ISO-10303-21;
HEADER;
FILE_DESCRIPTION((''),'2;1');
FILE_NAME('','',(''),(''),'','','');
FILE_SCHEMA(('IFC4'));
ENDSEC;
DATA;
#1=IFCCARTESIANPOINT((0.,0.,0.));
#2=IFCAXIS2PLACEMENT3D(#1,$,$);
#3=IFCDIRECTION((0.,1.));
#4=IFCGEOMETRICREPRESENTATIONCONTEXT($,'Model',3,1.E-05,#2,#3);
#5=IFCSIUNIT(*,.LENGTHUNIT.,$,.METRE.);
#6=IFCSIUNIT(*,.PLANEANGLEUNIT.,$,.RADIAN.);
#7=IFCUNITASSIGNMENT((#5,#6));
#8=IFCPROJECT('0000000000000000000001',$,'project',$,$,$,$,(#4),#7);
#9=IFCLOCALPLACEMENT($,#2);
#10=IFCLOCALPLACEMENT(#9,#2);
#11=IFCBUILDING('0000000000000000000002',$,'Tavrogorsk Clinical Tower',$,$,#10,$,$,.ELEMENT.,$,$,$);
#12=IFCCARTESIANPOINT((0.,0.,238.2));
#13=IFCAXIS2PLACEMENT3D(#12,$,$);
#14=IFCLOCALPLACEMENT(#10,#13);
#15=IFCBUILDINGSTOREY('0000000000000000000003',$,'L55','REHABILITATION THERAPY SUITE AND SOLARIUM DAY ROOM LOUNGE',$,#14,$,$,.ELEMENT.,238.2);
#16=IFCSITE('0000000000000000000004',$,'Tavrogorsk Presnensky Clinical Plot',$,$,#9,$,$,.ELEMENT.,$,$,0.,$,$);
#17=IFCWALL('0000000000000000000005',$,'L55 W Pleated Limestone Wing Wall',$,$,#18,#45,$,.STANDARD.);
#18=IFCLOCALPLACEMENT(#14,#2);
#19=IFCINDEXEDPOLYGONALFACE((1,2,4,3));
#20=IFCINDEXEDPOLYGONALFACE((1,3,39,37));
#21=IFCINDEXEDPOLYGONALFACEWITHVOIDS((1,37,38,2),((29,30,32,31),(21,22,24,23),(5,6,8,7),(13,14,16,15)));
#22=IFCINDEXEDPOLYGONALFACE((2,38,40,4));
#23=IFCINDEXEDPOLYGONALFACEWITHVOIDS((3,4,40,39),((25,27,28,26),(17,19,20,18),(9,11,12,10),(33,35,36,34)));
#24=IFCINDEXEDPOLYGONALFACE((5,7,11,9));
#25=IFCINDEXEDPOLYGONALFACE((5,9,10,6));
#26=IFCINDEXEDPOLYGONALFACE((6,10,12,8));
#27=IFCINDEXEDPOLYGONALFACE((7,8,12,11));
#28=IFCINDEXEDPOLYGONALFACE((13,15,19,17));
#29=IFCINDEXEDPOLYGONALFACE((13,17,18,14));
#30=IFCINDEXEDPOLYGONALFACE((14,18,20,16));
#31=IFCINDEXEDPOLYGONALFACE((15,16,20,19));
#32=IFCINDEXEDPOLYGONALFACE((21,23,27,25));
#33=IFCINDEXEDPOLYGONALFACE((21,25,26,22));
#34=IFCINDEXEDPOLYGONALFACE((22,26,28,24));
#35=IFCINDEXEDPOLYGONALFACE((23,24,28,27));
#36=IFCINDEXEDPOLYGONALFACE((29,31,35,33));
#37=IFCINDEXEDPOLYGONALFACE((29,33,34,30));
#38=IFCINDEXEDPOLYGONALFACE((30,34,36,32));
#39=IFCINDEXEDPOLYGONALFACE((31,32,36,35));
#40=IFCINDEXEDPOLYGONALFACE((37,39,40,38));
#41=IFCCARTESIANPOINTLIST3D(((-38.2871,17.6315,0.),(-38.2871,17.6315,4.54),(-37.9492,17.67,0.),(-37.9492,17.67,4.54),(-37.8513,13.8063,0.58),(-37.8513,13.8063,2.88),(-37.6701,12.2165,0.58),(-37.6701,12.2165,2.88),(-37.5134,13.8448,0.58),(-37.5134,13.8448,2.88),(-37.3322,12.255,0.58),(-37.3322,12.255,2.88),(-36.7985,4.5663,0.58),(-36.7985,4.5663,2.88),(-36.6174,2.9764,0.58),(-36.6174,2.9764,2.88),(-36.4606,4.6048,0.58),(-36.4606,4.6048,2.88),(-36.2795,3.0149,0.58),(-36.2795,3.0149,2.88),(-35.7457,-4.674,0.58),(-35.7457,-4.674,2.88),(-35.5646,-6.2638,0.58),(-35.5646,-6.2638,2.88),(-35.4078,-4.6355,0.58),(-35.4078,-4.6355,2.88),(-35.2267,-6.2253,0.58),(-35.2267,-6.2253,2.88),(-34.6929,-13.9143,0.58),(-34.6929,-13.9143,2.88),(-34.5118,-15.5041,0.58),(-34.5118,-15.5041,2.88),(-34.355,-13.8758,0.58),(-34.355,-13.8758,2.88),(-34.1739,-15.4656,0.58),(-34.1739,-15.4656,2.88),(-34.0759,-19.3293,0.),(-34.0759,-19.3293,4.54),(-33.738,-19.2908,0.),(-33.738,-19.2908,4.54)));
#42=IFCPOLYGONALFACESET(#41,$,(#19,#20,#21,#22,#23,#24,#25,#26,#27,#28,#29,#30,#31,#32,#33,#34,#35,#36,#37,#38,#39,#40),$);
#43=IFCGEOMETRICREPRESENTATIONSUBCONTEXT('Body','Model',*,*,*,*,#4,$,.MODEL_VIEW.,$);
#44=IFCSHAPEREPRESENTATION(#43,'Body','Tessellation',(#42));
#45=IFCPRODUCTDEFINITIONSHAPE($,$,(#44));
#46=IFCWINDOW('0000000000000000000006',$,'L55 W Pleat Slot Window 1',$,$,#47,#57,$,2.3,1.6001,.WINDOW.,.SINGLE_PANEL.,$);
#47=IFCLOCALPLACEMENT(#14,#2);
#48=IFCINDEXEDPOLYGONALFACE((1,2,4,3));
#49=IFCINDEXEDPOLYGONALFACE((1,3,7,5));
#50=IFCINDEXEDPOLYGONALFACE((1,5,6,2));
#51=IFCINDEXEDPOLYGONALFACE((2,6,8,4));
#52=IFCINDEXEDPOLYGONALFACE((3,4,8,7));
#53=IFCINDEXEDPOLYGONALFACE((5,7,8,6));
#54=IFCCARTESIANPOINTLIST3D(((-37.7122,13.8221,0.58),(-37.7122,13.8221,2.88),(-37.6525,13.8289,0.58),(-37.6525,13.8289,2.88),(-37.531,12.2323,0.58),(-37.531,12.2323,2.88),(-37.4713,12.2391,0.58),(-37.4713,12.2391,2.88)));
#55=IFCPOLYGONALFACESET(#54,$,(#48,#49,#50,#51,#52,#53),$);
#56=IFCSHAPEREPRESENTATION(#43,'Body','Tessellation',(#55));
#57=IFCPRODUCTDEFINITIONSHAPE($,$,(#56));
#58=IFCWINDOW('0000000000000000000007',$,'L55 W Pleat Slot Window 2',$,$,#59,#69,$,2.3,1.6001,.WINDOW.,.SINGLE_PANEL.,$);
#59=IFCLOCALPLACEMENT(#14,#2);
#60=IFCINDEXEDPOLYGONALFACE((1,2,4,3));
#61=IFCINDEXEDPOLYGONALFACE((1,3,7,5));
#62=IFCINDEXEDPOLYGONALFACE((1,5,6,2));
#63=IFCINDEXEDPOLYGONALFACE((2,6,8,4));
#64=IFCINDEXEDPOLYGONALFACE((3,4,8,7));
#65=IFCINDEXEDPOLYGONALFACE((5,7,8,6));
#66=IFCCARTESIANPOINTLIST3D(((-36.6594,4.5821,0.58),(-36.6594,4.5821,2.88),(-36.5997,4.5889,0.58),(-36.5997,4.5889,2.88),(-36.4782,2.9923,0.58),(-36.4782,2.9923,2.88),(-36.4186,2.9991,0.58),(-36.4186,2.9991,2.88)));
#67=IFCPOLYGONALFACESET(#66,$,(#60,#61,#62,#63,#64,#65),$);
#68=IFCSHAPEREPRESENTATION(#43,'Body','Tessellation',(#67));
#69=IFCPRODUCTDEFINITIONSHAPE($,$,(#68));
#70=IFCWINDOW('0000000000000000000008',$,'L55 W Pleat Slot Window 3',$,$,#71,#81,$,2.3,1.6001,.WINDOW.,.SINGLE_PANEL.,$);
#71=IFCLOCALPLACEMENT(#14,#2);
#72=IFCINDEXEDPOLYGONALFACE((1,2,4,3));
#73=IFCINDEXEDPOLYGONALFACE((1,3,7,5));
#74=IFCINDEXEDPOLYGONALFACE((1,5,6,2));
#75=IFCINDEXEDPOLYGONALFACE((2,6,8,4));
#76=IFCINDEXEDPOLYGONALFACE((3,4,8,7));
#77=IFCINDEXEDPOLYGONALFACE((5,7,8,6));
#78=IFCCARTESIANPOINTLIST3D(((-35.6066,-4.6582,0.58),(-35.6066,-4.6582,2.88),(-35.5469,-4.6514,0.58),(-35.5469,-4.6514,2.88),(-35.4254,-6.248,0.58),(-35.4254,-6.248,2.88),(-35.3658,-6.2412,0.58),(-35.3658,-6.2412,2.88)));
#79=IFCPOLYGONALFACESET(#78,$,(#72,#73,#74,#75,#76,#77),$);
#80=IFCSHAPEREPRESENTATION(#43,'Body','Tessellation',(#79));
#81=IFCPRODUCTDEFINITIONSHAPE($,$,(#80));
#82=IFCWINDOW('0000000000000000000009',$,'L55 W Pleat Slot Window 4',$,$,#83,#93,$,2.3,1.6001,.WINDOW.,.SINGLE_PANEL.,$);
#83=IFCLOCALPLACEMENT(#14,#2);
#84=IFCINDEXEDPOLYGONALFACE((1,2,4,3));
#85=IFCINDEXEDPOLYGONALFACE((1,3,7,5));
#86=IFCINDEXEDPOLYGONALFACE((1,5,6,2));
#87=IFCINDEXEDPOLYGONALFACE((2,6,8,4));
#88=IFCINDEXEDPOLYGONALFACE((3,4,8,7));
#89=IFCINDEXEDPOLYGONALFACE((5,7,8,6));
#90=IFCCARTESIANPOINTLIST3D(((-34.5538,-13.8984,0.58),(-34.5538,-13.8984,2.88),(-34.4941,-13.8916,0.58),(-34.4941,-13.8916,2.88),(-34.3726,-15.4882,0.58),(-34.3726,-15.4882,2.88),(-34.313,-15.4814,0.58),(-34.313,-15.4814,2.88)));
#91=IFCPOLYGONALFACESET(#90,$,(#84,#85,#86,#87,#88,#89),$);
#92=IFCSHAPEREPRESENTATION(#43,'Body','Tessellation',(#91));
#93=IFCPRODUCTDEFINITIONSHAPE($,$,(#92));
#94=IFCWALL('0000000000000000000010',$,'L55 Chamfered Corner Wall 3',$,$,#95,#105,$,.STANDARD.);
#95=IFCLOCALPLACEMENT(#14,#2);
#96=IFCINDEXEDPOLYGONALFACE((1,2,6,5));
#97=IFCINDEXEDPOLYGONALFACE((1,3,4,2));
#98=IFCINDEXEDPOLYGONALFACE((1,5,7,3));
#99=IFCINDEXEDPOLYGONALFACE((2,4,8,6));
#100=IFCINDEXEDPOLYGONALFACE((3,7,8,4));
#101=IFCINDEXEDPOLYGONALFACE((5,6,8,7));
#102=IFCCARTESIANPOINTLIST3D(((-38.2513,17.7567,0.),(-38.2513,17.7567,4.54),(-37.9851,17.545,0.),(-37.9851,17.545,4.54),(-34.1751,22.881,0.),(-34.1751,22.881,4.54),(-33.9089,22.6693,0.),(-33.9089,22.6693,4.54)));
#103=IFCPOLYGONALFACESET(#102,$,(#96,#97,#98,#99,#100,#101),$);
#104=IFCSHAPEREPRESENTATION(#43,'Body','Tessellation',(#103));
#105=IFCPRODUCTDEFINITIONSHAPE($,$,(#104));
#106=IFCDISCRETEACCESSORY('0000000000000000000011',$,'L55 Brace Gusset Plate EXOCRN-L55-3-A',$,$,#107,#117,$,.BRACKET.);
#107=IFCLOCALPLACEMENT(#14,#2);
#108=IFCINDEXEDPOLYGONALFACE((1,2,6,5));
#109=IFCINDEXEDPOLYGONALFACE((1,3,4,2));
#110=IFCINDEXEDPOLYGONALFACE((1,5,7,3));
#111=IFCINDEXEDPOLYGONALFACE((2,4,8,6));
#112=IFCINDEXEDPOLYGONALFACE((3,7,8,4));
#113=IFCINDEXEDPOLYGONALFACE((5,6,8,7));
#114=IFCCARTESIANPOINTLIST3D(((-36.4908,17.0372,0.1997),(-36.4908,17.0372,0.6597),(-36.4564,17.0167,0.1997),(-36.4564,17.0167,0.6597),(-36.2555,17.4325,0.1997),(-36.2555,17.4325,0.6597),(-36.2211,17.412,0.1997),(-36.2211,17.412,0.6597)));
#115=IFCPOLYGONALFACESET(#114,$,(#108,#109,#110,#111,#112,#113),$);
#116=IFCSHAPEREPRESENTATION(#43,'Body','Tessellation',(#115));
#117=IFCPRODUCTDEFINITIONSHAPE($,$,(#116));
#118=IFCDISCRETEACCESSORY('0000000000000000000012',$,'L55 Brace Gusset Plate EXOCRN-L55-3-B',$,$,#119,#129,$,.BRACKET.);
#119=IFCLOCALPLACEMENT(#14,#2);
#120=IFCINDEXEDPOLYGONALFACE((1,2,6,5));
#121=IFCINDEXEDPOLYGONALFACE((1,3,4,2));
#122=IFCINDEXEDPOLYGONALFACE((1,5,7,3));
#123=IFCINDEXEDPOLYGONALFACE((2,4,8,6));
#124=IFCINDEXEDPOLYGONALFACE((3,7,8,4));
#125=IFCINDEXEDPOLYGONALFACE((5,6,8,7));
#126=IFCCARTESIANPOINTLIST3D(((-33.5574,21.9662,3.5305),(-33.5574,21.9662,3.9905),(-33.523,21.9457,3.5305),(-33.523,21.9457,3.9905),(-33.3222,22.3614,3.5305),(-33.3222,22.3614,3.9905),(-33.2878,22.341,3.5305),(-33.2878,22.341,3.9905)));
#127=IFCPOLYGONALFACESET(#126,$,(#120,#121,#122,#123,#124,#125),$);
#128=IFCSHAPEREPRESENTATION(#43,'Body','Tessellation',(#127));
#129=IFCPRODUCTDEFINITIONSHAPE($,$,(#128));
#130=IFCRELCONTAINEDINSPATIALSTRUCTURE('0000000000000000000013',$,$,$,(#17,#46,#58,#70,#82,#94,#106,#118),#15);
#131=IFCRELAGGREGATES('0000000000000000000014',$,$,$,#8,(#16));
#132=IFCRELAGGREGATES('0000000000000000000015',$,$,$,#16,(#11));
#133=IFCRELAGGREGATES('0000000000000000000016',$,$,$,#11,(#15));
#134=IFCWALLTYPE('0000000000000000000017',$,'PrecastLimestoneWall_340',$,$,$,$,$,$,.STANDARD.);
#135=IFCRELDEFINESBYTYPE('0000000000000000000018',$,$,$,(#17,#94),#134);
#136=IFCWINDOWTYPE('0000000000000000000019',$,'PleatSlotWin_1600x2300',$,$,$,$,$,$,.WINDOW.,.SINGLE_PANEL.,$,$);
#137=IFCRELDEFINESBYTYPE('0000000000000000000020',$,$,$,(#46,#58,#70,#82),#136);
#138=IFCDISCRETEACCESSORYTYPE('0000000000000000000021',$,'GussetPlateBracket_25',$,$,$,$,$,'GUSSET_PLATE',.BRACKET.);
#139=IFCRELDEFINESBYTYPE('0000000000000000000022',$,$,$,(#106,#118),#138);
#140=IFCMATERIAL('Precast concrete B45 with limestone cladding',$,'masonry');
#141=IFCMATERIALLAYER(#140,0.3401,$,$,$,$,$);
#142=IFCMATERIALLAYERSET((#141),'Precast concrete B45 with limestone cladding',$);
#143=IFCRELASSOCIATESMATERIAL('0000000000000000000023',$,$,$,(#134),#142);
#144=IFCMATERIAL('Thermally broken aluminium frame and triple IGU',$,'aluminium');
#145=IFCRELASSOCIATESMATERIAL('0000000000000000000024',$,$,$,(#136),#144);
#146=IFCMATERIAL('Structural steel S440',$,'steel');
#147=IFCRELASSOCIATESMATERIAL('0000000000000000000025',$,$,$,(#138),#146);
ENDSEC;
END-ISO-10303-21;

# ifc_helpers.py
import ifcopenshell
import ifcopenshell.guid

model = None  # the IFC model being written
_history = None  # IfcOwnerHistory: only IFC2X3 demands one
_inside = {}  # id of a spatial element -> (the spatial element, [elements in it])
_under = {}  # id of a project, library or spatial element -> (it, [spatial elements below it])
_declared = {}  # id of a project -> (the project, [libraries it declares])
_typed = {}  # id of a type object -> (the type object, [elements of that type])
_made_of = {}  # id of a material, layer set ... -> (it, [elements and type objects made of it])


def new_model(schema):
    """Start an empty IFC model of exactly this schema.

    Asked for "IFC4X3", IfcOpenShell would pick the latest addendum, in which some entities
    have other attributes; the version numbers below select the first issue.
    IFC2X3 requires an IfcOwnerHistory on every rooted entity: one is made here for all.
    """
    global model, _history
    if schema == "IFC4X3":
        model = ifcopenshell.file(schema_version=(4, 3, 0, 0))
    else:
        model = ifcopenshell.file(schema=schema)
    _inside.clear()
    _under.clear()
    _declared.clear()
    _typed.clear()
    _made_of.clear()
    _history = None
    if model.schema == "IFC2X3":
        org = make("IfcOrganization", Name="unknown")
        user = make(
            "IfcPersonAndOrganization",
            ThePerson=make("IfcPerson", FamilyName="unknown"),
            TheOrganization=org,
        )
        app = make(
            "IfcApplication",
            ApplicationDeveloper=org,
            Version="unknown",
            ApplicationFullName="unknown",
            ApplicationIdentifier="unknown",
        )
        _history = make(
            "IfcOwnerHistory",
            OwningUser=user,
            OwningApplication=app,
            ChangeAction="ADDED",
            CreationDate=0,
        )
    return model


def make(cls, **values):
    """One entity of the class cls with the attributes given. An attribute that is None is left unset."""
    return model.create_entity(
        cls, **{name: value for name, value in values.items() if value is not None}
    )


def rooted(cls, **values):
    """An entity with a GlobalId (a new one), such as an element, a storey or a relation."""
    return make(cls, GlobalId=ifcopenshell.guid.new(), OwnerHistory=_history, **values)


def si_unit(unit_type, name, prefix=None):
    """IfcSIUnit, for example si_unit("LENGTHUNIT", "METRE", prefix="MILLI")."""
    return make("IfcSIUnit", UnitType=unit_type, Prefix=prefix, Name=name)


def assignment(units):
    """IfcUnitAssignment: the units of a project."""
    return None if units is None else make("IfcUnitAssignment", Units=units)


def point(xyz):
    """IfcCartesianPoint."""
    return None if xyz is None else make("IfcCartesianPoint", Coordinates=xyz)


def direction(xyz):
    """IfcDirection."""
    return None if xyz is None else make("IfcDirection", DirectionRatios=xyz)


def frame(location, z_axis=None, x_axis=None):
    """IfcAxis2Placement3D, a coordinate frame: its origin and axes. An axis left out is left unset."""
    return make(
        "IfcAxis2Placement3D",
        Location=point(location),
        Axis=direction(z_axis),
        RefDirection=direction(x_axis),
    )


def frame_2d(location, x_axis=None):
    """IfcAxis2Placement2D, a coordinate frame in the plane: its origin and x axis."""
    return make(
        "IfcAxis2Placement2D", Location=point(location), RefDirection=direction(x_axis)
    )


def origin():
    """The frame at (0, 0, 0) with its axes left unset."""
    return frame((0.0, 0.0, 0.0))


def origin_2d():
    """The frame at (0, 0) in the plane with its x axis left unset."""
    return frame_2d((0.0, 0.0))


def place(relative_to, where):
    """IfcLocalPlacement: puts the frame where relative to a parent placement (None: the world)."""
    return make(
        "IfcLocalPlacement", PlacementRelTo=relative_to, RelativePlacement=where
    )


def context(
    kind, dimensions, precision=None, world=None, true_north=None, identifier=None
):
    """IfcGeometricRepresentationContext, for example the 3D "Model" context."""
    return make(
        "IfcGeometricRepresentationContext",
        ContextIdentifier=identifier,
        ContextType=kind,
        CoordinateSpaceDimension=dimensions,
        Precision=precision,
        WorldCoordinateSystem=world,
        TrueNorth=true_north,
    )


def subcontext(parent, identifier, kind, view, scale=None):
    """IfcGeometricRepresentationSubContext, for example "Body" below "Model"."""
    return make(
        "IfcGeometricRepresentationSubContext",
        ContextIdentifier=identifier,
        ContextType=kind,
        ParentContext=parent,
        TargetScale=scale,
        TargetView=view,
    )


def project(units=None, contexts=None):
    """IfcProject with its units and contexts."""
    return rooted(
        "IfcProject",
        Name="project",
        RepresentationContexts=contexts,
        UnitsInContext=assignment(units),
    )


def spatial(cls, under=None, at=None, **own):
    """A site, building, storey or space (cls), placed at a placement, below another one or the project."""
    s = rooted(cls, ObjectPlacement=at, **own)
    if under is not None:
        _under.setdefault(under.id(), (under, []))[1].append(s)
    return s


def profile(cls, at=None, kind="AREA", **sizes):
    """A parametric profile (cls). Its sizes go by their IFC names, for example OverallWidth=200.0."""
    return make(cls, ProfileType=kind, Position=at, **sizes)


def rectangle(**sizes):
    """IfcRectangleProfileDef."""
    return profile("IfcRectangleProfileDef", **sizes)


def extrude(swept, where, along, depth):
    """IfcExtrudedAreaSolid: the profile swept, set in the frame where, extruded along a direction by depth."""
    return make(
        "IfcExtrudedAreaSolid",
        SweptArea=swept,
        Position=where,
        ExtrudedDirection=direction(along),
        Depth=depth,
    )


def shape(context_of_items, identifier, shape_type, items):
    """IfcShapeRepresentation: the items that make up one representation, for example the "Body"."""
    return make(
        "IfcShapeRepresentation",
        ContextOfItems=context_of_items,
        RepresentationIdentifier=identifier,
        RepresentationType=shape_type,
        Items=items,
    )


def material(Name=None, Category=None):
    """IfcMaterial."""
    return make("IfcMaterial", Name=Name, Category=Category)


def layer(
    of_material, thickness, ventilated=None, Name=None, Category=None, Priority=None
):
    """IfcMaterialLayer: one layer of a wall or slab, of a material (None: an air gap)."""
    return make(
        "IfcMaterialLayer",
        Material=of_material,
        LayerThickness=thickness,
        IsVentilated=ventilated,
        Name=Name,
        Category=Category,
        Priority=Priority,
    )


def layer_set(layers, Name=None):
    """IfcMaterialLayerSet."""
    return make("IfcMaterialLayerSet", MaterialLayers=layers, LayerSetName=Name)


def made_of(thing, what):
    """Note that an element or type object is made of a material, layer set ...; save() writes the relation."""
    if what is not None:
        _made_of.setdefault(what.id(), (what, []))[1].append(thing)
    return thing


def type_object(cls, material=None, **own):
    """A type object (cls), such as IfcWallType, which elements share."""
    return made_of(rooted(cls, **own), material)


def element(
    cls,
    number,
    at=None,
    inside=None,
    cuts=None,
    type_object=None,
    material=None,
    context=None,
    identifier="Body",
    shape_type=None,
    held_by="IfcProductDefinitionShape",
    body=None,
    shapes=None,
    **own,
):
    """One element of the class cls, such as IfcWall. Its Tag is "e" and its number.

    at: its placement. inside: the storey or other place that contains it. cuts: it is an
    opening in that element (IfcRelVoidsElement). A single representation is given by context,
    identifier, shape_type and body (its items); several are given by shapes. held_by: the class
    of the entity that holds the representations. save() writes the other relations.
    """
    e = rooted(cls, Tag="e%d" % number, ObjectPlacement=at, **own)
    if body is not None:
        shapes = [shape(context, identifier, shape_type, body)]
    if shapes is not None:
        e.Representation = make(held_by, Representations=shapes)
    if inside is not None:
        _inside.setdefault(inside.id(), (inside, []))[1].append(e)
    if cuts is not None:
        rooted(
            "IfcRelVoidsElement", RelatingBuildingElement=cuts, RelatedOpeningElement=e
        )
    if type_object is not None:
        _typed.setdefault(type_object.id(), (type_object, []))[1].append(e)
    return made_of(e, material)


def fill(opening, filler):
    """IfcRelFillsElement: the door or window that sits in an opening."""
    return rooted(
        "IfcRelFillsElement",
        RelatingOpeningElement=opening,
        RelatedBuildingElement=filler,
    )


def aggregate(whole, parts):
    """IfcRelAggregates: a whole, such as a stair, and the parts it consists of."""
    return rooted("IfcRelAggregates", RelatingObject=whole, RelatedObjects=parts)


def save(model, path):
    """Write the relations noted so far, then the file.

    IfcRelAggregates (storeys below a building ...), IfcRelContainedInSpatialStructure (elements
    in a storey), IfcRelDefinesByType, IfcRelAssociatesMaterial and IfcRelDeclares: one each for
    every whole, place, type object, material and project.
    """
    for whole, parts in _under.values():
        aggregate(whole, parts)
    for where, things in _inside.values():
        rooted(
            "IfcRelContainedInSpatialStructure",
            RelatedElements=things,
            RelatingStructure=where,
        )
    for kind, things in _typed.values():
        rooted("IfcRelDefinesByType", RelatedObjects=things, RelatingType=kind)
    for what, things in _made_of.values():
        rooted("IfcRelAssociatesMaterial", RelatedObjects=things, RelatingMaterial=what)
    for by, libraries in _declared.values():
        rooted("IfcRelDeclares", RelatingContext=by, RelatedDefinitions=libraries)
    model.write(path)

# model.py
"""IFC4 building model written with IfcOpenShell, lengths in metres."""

from ifc_helpers import new_model, si_unit, direction, frame, frame_2d, origin, origin_2d, place, context, subcontext, project, spatial, rectangle, extrude, material, layer, layer_set, type_object, element, fill, save


model = new_model("IFC4")

# Units and contexts
model_context = context("Model", 3, precision=1e-05, world=origin(), true_north=direction((0.0, 1.0)))
body_context = subcontext(model_context, "Body", "Model", "MODEL_VIEW")
ifc_project = project(units=[si_unit("LENGTHUNIT", "METRE"), si_unit("PLANEANGLEUNIT", "RADIAN")], contexts=[model_context])

# Site, building, storey
site_placement = place(None, origin())
site = spatial("IfcSite", under=ifc_project, at=site_placement, Name="Tavrogorsk Presnensky Clinical Plot", CompositionType="ELEMENT", RefElevation=0.0)
building_placement = place(site_placement, origin())
building = spatial("IfcBuilding", under=site, at=building_placement, Name="Tavrogorsk Clinical Tower", CompositionType="ELEMENT")
storey_placement = place(building_placement, frame((0.0, 0.0, 238.2)))
storey = spatial("IfcBuildingStorey", under=building, at=storey_placement, Name="L55", Description="REHABILITATION THERAPY SUITE AND SOLARIUM DAY ROOM LOUNGE", CompositionType="ELEMENT", Elevation=238.2)

# Wall, openings, windows
ifc_material_1 = material(Name="Precast concrete B45 with limestone cladding", Category="masonry")
ifc_layer_1 = layer(ifc_material_1, 0.3401)
ifc_layer_set_1 = layer_set([ifc_layer_1], Name="Precast concrete B45 with limestone cladding")
wall_type_1 = type_object("IfcWallType", Name="PrecastLimestoneWall_340", PredefinedType="STANDARD", material=ifc_layer_set_1)
wall_1_placement = place(storey_placement, frame((-38.1182, 17.6509, 0.0), z_axis=(0.0, 0.0, 1.0), x_axis=(0.113204, -0.993572, 0.0)))
wall_1 = element("IfcWall", 1, at=wall_1_placement, inside=storey, type_object=wall_type_1, Name="L55 W Pleated Limestone Wing Wall", PredefinedType="STANDARD", context=body_context, shape_type="SweptSolid", body=[
    extrude(rectangle(XDim=37.2, YDim=0.3401, at=frame_2d((18.6001, 0.0))), origin(), (0.0, 0.0, 1.0), 4.54),
])
opening_1_placement = place(wall_1_placement, frame((3.8501, 0.0, 0.5801)))
opening_1 = element("IfcOpeningElement", 2, at=opening_1_placement, cuts=wall_1, PredefinedType="OPENING", context=body_context, shape_type="SweptSolid", body=[
    extrude(rectangle(XDim=1.6001, YDim=2.3, at=frame_2d((0.8, 1.1499))), frame((0.0, 0.1799, 0.0), z_axis=(0.0, -1.0, 0.0), x_axis=(1.0, 0.0, 0.0)), (0.0, 0.0, 1.0), 0.3601),
])
opening_2_placement = place(wall_1_placement, frame((13.1499, 0.0, 0.5801)))
opening_2 = element("IfcOpeningElement", 3, at=opening_2_placement, cuts=wall_1, PredefinedType="OPENING", context=body_context, shape_type="SweptSolid", body=[
    extrude(rectangle(XDim=1.6001, YDim=2.3, at=frame_2d((0.8, 1.1499))), frame((0.0, 0.1799, 0.0), z_axis=(0.0, -1.0, 0.0), x_axis=(1.0, 0.0, 0.0)), (0.0, 0.0, 1.0), 0.3601),
])
opening_3_placement = place(wall_1_placement, frame((22.45, 0.0, 0.5801)))
opening_3 = element("IfcOpeningElement", 4, at=opening_3_placement, cuts=wall_1, PredefinedType="OPENING", context=body_context, shape_type="SweptSolid", body=[
    extrude(rectangle(XDim=1.6001, YDim=2.3, at=frame_2d((0.8, 1.1499))), frame((0.0, 0.1799, 0.0), z_axis=(0.0, -1.0, 0.0), x_axis=(1.0, 0.0, 0.0)), (0.0, 0.0, 1.0), 0.3601),
])
opening_4_placement = place(wall_1_placement, frame((31.75, 0.0, 0.5801)))
opening_4 = element("IfcOpeningElement", 5, at=opening_4_placement, cuts=wall_1, PredefinedType="OPENING", context=body_context, shape_type="SweptSolid", body=[
    extrude(rectangle(XDim=1.6001, YDim=2.3, at=frame_2d((0.8, 1.1499))), frame((0.0, 0.1799, 0.0), z_axis=(0.0, -1.0, 0.0), x_axis=(1.0, 0.0, 0.0)), (0.0, 0.0, 1.0), 0.3601),
])
ifc_material_2 = material(Name="Thermally broken aluminium frame and triple IGU", Category="aluminium")
window_type_1 = type_object("IfcWindowType", Name="PleatSlotWin_1600x2300", PartitioningType="SINGLE_PANEL", PredefinedType="WINDOW", material=ifc_material_2)
window_1_placement = place(opening_1_placement, origin())
window_1 = element("IfcWindow", 6, at=window_1_placement, inside=storey, type_object=window_type_1, Name="L55 W Pleat Slot Window 1", OverallHeight=2.3, OverallWidth=1.6001, PartitioningType="SINGLE_PANEL", PredefinedType="WINDOW", context=body_context, shape_type="SweptSolid", body=[
    extrude(rectangle(XDim=1.6001, YDim=2.3, at=frame_2d((0.8, 1.1499))), frame((0.0, 0.03, 0.0), z_axis=(0.0, -1.0, 0.0), x_axis=(1.0, 0.0, 0.0)), (0.0, 0.0, 1.0), 0.0601),
])
fill(opening_1, window_1)
window_2_placement = place(opening_2_placement, origin())
window_2 = element("IfcWindow", 7, at=window_2_placement, inside=storey, type_object=window_type_1, Name="L55 W Pleat Slot Window 2", OverallHeight=2.3, OverallWidth=1.6001, PartitioningType="SINGLE_PANEL", PredefinedType="WINDOW", context=body_context, shape_type="SweptSolid", body=[
    extrude(rectangle(XDim=1.6001, YDim=2.3, at=frame_2d((0.8, 1.1499))), frame((0.0, 0.03, 0.0), z_axis=(0.0, -1.0, 0.0), x_axis=(1.0, 0.0, 0.0)), (0.0, 0.0, 1.0), 0.0601),
])
fill(opening_2, window_2)
window_3_placement = place(opening_3_placement, origin())
window_3 = element("IfcWindow", 8, at=window_3_placement, inside=storey, type_object=window_type_1, Name="L55 W Pleat Slot Window 3", OverallHeight=2.3, OverallWidth=1.6001, PartitioningType="SINGLE_PANEL", PredefinedType="WINDOW", context=body_context, shape_type="SweptSolid", body=[
    extrude(rectangle(XDim=1.6001, YDim=2.3, at=frame_2d((0.8, 1.1499))), frame((0.0, 0.03, 0.0), z_axis=(0.0, -1.0, 0.0), x_axis=(1.0, 0.0, 0.0)), (0.0, 0.0, 1.0), 0.0601),
])
fill(opening_3, window_3)
window_4_placement = place(opening_4_placement, origin())
window_4 = element("IfcWindow", 9, at=window_4_placement, inside=storey, type_object=window_type_1, Name="L55 W Pleat Slot Window 4", OverallHeight=2.3, OverallWidth=1.6001, PartitioningType="SINGLE_PANEL", PredefinedType="WINDOW", context=body_context, shape_type="SweptSolid", body=[
    extrude(rectangle(XDim=1.6001, YDim=2.3, at=frame_2d((0.8, 1.1499))), frame((0.0, 0.03, 0.0), z_axis=(0.0, -1.0, 0.0), x_axis=(1.0, 0.0, 0.0)), (0.0, 0.0, 1.0), 0.0601),
])
fill(opening_4, window_4)

# Wall
wall_2_placement = place(storey_placement, frame((-34.042, 22.7751, 0.0), z_axis=(0.0, 0.0, 1.0), x_axis=(-0.622528, -0.782597, 0.0)))
element("IfcWall", 10, at=wall_2_placement, inside=storey, type_object=wall_type_1, Name="L55 Chamfered Corner Wall 3", PredefinedType="STANDARD", context=body_context, shape_type="SweptSolid", body=[
    extrude(rectangle(XDim=6.5479, YDim=0.3401, at=frame_2d((3.2739, 0.0))), origin(), (0.0, 0.0, 1.0), 4.54),
])

# Discrete accessories
ifc_material_3 = material(Name="Structural steel S440", Category="steel")
discrete_accessory_type = type_object("IfcDiscreteAccessoryType", Name="GussetPlateBracket_25", ElementType="GUSSET_PLATE", PredefinedType="BRACKET", material=ifc_material_3)
for number, where, z_axis, x_axis, name in (
    (11, (-36.356, 17.2246, 0.1997), (0.0, 0.0, 1.0), (0.511443, 0.859317, 0.0), "L55 Brace Gusset Plate EXOCRN-L55-3-A"),
    (12, (-33.4226, 22.1536, 3.5305), (0.0, 0.0, 1.0), (0.511443, 0.859317, 0.0), "L55 Brace Gusset Plate EXOCRN-L55-3-B"),
):
    element("IfcDiscreteAccessory", number, at=place(storey_placement, frame(where, z_axis=z_axis, x_axis=x_axis)), inside=storey, type_object=discrete_accessory_type, Name=name, PredefinedType="BRACKET", context=body_context, shape_type="SweptSolid", body=[
        extrude(rectangle(XDim=0.46, YDim=0.04, at=origin_2d()), origin(), (0.0, 0.0, 1.0), 0.46),
    ])

save(model, "model.ifc")
